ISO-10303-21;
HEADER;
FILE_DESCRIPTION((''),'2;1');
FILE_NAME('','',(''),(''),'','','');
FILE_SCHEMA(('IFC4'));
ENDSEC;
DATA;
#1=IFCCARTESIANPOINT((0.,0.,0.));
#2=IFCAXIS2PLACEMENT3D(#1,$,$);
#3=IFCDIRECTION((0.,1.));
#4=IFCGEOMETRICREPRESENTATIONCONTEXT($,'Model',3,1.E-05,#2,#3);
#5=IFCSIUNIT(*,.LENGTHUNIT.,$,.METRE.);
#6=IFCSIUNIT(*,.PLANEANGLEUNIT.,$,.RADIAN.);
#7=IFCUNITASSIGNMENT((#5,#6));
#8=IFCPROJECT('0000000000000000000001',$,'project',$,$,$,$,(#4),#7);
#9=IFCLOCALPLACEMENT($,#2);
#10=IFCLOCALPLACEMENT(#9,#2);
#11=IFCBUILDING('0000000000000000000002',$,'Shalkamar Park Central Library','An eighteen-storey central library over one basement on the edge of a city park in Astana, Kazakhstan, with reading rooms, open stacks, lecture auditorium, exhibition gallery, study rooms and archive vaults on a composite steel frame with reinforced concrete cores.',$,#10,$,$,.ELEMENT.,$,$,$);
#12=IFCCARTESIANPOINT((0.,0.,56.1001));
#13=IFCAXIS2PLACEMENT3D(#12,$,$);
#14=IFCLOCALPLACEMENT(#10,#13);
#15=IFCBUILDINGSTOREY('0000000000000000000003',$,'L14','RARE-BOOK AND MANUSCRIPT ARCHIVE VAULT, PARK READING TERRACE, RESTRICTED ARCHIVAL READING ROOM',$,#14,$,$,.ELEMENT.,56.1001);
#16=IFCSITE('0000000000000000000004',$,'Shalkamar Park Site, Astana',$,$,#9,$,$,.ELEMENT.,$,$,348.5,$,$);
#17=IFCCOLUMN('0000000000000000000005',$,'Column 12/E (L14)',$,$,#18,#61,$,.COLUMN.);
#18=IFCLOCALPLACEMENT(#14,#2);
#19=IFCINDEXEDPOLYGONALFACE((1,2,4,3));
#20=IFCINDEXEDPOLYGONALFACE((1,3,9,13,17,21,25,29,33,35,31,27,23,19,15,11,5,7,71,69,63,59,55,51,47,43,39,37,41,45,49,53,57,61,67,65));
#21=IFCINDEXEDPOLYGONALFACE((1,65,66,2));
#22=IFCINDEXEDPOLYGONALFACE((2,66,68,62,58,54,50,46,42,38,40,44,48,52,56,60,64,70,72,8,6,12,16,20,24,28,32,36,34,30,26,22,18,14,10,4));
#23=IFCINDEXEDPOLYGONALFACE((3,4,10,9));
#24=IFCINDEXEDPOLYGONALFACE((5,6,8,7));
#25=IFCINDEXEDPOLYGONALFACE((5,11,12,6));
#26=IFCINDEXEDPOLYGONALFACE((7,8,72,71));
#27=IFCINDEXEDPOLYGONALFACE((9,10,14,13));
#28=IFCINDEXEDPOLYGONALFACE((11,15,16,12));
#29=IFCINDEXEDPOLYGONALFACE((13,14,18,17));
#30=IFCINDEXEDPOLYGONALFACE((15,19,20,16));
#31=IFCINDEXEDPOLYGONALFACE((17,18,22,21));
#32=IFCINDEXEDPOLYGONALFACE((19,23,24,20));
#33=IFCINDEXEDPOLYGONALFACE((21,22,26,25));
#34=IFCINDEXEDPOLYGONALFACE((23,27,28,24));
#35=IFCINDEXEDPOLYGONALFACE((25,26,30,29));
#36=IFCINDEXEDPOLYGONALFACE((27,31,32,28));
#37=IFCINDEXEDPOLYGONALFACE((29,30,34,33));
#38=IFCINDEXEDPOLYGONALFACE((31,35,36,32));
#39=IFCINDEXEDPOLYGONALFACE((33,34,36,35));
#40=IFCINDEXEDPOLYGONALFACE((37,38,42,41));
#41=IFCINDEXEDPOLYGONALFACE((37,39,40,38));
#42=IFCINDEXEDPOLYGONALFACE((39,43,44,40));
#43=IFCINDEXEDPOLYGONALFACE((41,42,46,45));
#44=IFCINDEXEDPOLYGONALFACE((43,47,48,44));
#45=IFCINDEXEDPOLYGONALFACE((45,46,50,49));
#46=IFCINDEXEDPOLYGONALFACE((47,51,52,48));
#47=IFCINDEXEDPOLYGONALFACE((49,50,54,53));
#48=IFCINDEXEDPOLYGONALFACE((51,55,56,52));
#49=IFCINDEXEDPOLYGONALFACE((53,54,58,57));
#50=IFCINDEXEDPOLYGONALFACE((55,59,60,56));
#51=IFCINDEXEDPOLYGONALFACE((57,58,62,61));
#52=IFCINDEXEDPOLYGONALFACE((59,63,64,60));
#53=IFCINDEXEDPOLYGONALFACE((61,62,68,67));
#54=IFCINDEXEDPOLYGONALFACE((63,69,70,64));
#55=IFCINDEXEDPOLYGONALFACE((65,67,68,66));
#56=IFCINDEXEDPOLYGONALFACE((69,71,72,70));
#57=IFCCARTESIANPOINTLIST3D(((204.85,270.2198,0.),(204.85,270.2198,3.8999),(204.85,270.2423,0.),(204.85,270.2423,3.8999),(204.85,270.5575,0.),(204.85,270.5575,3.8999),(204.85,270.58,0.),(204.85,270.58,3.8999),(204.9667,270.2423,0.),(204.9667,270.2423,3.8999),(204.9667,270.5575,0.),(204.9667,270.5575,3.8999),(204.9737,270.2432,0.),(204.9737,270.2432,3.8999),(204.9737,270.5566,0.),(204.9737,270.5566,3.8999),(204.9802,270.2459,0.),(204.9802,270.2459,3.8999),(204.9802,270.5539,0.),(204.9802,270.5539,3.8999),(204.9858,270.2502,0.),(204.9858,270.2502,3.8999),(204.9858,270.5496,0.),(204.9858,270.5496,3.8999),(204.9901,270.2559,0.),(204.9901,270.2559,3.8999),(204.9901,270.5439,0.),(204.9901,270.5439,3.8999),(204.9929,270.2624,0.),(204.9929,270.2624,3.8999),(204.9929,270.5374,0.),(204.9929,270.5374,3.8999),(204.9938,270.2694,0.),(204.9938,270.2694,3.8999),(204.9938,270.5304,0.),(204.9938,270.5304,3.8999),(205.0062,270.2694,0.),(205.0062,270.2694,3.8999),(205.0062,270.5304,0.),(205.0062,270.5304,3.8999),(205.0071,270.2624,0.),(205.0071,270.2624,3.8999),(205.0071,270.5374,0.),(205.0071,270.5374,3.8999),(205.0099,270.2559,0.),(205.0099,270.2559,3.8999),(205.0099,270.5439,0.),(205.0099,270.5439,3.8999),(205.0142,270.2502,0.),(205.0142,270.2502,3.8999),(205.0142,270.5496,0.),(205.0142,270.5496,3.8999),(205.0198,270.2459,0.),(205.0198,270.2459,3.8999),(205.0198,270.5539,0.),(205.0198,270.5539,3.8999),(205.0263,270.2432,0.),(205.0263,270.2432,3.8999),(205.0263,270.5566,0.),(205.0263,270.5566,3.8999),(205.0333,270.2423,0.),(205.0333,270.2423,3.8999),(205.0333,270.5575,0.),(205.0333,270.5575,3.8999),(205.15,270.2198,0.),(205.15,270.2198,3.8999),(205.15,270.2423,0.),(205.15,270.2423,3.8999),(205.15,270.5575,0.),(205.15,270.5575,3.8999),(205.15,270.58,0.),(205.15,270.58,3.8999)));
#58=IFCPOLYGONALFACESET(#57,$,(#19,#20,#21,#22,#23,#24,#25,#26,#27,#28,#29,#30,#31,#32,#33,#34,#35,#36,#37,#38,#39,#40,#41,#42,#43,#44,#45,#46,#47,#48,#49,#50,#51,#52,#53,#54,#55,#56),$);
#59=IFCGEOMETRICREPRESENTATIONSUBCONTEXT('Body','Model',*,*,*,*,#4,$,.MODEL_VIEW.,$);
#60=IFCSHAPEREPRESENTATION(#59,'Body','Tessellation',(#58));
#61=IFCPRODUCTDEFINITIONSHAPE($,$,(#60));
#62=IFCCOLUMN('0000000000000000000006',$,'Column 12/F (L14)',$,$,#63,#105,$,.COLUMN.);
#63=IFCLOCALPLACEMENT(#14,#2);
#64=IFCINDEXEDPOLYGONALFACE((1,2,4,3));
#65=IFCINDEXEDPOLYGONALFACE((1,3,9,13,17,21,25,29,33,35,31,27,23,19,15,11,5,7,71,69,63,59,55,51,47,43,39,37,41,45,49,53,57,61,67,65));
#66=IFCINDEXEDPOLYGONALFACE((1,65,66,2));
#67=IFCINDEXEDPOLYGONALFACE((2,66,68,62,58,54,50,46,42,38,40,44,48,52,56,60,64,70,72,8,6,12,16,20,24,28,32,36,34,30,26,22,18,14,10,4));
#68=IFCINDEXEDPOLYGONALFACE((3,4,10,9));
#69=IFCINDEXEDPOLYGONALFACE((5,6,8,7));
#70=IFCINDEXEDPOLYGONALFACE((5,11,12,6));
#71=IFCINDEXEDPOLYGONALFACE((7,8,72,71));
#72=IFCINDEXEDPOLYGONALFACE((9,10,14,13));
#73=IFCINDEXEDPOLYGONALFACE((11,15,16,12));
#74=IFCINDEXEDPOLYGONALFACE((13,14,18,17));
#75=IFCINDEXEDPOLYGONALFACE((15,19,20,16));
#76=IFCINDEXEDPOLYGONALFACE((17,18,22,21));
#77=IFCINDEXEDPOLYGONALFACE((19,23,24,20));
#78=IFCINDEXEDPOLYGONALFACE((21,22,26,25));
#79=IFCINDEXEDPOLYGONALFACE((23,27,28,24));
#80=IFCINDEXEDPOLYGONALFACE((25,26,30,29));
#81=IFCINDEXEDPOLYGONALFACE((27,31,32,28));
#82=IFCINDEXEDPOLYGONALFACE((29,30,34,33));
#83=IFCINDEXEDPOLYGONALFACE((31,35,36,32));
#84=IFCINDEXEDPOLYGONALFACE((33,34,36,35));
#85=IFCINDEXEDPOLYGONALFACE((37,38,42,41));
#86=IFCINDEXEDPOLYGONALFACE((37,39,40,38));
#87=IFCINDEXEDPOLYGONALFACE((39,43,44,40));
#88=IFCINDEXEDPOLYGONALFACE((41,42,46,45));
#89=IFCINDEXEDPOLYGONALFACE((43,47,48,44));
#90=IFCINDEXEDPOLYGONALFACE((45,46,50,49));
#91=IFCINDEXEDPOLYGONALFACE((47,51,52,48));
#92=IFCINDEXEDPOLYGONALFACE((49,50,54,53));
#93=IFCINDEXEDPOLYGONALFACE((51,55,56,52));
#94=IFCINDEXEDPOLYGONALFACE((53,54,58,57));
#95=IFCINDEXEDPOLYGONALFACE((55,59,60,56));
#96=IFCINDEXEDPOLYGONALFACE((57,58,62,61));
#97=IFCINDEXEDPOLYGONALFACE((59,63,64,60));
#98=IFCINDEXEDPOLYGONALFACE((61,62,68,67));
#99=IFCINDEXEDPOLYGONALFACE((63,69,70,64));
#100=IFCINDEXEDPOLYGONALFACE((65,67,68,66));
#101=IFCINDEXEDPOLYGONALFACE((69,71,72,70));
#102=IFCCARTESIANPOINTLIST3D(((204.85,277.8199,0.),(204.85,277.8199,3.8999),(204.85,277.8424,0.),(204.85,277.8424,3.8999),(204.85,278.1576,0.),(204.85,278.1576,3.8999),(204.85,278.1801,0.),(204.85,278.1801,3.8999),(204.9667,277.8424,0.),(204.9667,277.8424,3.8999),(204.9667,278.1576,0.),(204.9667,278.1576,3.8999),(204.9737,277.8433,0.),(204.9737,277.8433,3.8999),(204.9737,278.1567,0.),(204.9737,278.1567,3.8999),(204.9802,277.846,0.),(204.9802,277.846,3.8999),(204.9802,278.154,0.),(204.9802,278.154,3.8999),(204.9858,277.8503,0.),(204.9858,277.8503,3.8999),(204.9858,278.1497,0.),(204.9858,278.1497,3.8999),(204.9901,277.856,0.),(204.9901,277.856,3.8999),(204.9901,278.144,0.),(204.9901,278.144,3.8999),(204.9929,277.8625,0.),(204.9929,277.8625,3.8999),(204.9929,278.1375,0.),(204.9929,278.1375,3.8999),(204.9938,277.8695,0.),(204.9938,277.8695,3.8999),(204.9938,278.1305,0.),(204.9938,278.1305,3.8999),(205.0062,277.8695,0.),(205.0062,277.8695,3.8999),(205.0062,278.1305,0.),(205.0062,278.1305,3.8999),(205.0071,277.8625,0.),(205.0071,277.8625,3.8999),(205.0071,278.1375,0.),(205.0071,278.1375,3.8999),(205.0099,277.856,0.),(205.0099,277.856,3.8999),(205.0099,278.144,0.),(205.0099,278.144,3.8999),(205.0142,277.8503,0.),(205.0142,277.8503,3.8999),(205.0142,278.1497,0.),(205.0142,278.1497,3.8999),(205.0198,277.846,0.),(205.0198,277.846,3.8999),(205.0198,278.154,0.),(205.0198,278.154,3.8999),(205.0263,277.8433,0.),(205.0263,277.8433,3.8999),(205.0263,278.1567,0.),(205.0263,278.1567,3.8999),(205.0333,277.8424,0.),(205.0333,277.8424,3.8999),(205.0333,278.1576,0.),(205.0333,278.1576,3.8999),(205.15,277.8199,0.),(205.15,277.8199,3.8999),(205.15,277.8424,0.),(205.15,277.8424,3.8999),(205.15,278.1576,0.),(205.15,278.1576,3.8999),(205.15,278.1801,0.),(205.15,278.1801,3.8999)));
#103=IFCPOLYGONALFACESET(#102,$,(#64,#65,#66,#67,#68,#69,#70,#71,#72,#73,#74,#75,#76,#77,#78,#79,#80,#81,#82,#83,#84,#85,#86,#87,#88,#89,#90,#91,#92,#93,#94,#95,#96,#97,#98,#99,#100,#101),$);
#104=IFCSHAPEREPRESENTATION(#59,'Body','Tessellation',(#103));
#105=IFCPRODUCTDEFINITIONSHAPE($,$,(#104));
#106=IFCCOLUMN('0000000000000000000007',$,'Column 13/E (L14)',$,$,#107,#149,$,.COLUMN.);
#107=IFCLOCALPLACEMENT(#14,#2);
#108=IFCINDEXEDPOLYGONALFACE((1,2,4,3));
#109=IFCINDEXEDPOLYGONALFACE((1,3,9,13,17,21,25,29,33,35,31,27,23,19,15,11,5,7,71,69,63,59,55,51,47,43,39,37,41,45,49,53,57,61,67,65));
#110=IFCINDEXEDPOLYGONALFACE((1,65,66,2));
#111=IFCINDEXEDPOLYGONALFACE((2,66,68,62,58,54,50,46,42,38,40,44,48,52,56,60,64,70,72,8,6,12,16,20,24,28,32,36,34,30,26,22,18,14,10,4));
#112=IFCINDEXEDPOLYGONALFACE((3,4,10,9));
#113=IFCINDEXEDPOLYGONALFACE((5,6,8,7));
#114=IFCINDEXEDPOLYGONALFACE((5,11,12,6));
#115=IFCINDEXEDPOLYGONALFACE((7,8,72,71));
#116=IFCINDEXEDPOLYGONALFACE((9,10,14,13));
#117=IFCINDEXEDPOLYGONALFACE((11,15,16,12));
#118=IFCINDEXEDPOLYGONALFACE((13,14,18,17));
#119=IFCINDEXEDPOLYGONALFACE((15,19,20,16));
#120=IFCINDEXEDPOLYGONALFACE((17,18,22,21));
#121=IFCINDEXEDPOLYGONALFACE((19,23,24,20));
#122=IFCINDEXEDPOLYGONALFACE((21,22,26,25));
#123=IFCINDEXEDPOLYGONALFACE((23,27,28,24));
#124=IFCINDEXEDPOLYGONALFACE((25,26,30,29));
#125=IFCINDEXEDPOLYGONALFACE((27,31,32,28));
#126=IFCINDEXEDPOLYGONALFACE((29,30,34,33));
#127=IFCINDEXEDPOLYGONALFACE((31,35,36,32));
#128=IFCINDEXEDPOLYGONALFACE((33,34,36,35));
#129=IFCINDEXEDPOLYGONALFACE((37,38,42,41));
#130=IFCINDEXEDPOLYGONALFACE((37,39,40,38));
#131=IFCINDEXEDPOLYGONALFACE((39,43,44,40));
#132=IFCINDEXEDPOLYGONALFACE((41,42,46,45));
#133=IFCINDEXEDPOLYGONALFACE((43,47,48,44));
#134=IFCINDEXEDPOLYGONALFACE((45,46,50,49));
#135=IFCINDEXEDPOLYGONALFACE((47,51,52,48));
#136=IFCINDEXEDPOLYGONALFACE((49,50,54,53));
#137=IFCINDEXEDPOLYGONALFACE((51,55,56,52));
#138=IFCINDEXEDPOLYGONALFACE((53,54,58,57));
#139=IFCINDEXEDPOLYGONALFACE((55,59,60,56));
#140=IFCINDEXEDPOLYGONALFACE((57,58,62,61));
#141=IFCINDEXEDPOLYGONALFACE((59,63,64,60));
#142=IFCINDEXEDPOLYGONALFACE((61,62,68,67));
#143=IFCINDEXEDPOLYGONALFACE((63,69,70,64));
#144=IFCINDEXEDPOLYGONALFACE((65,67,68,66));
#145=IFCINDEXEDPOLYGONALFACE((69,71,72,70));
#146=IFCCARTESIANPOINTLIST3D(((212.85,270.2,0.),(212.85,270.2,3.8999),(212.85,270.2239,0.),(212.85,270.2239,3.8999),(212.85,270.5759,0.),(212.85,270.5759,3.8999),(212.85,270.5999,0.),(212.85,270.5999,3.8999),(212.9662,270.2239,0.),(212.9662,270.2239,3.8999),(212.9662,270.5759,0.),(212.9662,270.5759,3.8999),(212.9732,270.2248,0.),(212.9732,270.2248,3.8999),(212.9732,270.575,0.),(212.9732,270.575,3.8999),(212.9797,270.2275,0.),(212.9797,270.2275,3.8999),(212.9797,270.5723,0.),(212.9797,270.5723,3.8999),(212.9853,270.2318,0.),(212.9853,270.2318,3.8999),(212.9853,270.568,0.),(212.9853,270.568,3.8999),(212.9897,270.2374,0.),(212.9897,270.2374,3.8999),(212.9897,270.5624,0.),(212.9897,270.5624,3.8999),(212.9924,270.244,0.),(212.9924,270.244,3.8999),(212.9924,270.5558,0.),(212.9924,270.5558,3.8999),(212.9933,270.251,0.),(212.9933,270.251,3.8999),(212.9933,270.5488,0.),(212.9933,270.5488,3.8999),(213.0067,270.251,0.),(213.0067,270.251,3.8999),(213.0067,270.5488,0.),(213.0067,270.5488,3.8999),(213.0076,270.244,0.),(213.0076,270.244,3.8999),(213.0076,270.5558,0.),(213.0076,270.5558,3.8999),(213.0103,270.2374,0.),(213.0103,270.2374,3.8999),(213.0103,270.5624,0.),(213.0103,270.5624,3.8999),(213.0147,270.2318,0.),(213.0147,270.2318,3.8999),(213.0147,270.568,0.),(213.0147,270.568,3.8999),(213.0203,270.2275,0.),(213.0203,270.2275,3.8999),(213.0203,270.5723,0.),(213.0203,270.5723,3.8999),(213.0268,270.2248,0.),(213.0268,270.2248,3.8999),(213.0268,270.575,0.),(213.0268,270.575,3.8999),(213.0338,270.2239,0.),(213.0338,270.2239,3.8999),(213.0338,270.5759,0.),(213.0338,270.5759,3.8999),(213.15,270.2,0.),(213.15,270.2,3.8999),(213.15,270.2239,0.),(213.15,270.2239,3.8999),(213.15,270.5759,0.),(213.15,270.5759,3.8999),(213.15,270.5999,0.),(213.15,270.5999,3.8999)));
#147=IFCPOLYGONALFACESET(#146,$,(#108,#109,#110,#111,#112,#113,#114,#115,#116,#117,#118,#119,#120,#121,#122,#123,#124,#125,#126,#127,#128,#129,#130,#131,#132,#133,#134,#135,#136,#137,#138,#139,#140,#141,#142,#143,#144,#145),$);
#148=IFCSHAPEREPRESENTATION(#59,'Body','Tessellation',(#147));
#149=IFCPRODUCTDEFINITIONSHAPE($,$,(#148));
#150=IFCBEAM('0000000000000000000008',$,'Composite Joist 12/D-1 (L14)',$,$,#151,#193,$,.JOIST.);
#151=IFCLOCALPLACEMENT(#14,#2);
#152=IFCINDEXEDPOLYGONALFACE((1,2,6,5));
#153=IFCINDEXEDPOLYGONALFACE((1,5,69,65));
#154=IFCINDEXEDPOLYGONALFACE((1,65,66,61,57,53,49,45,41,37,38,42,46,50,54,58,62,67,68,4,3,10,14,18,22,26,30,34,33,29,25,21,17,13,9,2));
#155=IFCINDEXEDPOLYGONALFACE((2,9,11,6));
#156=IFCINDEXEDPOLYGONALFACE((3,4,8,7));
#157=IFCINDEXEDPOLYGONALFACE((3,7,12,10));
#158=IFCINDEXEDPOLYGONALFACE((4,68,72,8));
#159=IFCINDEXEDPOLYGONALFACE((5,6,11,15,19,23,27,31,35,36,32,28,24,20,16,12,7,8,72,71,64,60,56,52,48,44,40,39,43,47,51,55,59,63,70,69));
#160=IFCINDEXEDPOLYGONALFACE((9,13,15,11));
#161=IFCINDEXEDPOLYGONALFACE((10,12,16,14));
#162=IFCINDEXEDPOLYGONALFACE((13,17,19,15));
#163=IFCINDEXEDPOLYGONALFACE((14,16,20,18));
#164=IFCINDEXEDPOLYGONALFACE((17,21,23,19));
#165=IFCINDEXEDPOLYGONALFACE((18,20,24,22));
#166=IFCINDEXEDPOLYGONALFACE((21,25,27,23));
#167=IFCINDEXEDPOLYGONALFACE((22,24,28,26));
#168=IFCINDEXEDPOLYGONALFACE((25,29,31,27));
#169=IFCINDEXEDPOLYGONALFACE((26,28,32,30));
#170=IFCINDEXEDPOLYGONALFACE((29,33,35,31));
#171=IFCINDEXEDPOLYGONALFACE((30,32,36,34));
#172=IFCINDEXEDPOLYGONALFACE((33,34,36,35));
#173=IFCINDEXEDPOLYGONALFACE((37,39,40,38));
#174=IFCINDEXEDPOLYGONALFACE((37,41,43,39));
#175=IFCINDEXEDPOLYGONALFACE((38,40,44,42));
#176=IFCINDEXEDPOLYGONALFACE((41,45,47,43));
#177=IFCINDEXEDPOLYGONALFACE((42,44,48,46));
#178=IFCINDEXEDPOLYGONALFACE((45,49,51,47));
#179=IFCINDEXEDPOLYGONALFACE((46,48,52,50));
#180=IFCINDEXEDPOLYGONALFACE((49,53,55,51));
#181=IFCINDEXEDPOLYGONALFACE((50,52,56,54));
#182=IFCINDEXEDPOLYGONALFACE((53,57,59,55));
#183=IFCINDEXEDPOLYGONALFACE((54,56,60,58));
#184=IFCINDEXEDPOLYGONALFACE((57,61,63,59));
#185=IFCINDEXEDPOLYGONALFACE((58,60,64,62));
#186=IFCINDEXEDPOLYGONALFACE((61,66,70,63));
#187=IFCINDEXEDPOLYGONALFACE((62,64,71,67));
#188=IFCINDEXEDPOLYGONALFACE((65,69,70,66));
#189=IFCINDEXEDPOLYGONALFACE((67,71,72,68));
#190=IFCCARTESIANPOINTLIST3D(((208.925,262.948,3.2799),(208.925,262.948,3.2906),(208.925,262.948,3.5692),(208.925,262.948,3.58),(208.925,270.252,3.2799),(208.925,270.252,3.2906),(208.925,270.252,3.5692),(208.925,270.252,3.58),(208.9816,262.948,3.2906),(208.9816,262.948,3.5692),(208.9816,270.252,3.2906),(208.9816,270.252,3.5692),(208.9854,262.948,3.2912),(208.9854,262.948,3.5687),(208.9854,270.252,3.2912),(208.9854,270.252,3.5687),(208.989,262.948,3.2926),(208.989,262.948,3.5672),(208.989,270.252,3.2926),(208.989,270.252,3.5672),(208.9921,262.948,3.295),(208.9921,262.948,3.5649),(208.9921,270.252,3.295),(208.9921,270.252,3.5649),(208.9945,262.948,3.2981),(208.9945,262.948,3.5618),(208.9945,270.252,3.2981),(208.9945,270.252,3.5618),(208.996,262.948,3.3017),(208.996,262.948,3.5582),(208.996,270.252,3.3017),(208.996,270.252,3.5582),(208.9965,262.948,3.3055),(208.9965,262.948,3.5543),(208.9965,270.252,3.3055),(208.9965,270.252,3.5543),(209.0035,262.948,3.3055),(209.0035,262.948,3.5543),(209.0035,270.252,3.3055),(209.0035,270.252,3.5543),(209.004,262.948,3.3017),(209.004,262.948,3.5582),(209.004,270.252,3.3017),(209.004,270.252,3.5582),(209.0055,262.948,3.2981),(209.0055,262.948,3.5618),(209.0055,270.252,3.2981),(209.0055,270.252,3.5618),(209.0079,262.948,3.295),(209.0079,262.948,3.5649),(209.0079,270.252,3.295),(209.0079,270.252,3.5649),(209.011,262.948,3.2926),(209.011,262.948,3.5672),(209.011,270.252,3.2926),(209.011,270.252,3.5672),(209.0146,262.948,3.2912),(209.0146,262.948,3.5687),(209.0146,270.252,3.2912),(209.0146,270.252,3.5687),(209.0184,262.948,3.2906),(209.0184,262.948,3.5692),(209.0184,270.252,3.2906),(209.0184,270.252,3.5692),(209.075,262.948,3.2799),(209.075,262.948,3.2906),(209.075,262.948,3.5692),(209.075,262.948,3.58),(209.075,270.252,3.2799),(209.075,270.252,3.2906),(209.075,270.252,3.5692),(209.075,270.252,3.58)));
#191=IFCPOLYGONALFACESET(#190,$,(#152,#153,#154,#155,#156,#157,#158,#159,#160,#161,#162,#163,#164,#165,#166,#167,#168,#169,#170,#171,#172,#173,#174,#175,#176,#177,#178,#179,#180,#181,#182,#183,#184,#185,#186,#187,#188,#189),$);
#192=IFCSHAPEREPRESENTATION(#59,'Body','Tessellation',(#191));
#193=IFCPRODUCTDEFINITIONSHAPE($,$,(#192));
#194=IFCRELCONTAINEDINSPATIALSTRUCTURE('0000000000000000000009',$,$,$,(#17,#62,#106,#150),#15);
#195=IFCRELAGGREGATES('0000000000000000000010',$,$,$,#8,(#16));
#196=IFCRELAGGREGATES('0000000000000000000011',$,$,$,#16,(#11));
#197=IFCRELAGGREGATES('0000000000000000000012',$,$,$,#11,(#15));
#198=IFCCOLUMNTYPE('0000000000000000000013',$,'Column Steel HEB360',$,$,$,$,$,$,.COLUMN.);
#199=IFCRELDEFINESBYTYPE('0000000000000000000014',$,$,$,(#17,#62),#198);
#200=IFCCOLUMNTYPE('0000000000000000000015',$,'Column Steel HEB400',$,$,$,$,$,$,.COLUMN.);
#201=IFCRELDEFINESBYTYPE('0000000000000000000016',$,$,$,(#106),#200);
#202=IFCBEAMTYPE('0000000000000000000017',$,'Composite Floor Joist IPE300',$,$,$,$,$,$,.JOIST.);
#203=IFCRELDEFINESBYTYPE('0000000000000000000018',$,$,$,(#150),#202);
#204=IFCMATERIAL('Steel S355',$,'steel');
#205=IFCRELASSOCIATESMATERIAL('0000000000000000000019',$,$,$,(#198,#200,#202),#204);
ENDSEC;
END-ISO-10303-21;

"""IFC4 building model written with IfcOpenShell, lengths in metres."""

from ifc_helpers import new_model, si_unit, direction, frame, origin, origin_2d, place, context, subcontext, project, spatial, i_section, extrude, material, material_profile, profile_set, type_object, element, save


model = new_model("IFC4")

# Units and contexts
model_context = context("Model", 3, precision=1e-05, world=origin(), true_north=direction((0.0, 1.0)))
body_context = subcontext(model_context, "Body", "Model", "MODEL_VIEW")
ifc_project = project(units=[si_unit("LENGTHUNIT", "METRE"), si_unit("PLANEANGLEUNIT", "RADIAN")], contexts=[model_context])

# Site, building, storey
site_placement = place(None, origin())
site = spatial("IfcSite", under=ifc_project, at=site_placement, Name="Shalkamar Park Site, Astana", CompositionType="ELEMENT", RefElevation=348.5)
building_placement = place(site_placement, origin())
building = spatial("IfcBuilding", under=site, at=building_placement, Name="Shalkamar Park Central Library", Description="An eighteen-storey central library over one basement on the edge of a city park in Astana, Kazakhstan, with reading rooms, open stacks, lecture auditorium, exhibition gallery, study rooms and archive vaults on a composite steel frame with reinforced concrete cores.", CompositionType="ELEMENT")
storey_placement = place(building_placement, frame((0.0, 0.0, 56.1001)))
storey = spatial("IfcBuildingStorey", under=building, at=storey_placement, Name="L14", Description="RARE-BOOK AND MANUSCRIPT ARCHIVE VAULT, PARK READING TERRACE, RESTRICTED ARCHIVAL READING ROOM", CompositionType="ELEMENT", Elevation=56.1001)

# Columns
ifc_material_1 = material(Name="Steel S355", Category="steel")
ifc_material_profile_1 = material_profile(ifc_material_1, i_section(OverallWidth=0.3, OverallDepth=0.3601, WebThickness=0.0125, FlangeThickness=0.0225, FilletRadius=0.0271, at=origin_2d()), Name="HEB 360")
ifc_profile_set_1 = profile_set([ifc_material_profile_1], Name="Steel S355")
column_type_1 = type_object("IfcColumnType", Name="Column Steel HEB360", PredefinedType="COLUMN", material=ifc_profile_set_1)
for number, where, z_axis, x_axis, name in (
    (1, (205.0, 270.3999, 0.0), (0.0, 0.0, 1.0), (1.0, 0.0, 0.0), "Column 12/E (L14)"),
    (2, (205.0, 278.0, 0.0), (0.0, 0.0, 1.0), (1.0, 0.0, 0.0), "Column 12/F (L14)"),
):
    element("IfcColumn", number, at=place(storey_placement, frame(where, z_axis=z_axis, x_axis=x_axis)), inside=storey, type_object=column_type_1, Name=name, PredefinedType="COLUMN", context=body_context, shape_type="SweptSolid", body=[
        extrude(i_section(OverallWidth=0.3, OverallDepth=0.3601, WebThickness=0.0125, FlangeThickness=0.0225, FilletRadius=0.0271, at=origin_2d()), origin(), (0.0, 0.0, 1.0), 3.8999),
    ])
ifc_material_profile_2 = material_profile(ifc_material_1, i_section(OverallWidth=0.3, OverallDepth=0.3999, WebThickness=0.0134, FlangeThickness=0.0239, FilletRadius=0.0271, at=origin_2d()), Name="HEB 400")
ifc_profile_set_2 = profile_set([ifc_material_profile_2], Name="Steel S355")
column_type_2 = type_object("IfcColumnType", Name="Column Steel HEB400", PredefinedType="COLUMN", material=ifc_profile_set_2)
column_placement = place(storey_placement, frame((213.0, 270.3999, 0.0), z_axis=(0.0, 0.0, 1.0), x_axis=(1.0, 0.0, 0.0)))
element("IfcColumn", 3, at=column_placement, inside=storey, type_object=column_type_2, Name="Column 13/E (L14)", PredefinedType="COLUMN", context=body_context, shape_type="SweptSolid", body=[
    extrude(i_section(OverallWidth=0.3, OverallDepth=0.3999, WebThickness=0.0134, FlangeThickness=0.0239, FilletRadius=0.0271, at=origin_2d()), origin(), (0.0, 0.0, 1.0), 3.8999),
])

# Beam
ifc_material_profile_3 = material_profile(ifc_material_1, i_section(OverallWidth=0.1499, OverallDepth=0.3, WebThickness=0.0071, FlangeThickness=0.0107, FilletRadius=0.0149, at=origin_2d()), Name="IPE 300")
ifc_profile_set_3 = profile_set([ifc_material_profile_3], Name="Steel S355")
beam_type_1 = type_object("IfcBeamType", Name="Composite Floor Joist IPE300", PredefinedType="JOIST", material=ifc_profile_set_3)
beam_1_placement = place(storey_placement, frame((209.0, 262.948, 3.4299), z_axis=(0.0, 1.0, 0.0), x_axis=(-1.0, 0.0, 0.0)))
element("IfcBeam", 4, at=beam_1_placement, inside=storey, type_object=beam_type_1, Name="Composite Joist 12/D-1 (L14)", PredefinedType="JOIST", context=body_context, shape_type="SweptSolid", body=[
    extrude(i_section(OverallWidth=0.1499, OverallDepth=0.3, WebThickness=0.0071, FlangeThickness=0.0107, FilletRadius=0.0149, at=origin_2d()), origin(), (0.0, 0.0, 1.0), 7.304),
])

save(model, "model.ifc")
